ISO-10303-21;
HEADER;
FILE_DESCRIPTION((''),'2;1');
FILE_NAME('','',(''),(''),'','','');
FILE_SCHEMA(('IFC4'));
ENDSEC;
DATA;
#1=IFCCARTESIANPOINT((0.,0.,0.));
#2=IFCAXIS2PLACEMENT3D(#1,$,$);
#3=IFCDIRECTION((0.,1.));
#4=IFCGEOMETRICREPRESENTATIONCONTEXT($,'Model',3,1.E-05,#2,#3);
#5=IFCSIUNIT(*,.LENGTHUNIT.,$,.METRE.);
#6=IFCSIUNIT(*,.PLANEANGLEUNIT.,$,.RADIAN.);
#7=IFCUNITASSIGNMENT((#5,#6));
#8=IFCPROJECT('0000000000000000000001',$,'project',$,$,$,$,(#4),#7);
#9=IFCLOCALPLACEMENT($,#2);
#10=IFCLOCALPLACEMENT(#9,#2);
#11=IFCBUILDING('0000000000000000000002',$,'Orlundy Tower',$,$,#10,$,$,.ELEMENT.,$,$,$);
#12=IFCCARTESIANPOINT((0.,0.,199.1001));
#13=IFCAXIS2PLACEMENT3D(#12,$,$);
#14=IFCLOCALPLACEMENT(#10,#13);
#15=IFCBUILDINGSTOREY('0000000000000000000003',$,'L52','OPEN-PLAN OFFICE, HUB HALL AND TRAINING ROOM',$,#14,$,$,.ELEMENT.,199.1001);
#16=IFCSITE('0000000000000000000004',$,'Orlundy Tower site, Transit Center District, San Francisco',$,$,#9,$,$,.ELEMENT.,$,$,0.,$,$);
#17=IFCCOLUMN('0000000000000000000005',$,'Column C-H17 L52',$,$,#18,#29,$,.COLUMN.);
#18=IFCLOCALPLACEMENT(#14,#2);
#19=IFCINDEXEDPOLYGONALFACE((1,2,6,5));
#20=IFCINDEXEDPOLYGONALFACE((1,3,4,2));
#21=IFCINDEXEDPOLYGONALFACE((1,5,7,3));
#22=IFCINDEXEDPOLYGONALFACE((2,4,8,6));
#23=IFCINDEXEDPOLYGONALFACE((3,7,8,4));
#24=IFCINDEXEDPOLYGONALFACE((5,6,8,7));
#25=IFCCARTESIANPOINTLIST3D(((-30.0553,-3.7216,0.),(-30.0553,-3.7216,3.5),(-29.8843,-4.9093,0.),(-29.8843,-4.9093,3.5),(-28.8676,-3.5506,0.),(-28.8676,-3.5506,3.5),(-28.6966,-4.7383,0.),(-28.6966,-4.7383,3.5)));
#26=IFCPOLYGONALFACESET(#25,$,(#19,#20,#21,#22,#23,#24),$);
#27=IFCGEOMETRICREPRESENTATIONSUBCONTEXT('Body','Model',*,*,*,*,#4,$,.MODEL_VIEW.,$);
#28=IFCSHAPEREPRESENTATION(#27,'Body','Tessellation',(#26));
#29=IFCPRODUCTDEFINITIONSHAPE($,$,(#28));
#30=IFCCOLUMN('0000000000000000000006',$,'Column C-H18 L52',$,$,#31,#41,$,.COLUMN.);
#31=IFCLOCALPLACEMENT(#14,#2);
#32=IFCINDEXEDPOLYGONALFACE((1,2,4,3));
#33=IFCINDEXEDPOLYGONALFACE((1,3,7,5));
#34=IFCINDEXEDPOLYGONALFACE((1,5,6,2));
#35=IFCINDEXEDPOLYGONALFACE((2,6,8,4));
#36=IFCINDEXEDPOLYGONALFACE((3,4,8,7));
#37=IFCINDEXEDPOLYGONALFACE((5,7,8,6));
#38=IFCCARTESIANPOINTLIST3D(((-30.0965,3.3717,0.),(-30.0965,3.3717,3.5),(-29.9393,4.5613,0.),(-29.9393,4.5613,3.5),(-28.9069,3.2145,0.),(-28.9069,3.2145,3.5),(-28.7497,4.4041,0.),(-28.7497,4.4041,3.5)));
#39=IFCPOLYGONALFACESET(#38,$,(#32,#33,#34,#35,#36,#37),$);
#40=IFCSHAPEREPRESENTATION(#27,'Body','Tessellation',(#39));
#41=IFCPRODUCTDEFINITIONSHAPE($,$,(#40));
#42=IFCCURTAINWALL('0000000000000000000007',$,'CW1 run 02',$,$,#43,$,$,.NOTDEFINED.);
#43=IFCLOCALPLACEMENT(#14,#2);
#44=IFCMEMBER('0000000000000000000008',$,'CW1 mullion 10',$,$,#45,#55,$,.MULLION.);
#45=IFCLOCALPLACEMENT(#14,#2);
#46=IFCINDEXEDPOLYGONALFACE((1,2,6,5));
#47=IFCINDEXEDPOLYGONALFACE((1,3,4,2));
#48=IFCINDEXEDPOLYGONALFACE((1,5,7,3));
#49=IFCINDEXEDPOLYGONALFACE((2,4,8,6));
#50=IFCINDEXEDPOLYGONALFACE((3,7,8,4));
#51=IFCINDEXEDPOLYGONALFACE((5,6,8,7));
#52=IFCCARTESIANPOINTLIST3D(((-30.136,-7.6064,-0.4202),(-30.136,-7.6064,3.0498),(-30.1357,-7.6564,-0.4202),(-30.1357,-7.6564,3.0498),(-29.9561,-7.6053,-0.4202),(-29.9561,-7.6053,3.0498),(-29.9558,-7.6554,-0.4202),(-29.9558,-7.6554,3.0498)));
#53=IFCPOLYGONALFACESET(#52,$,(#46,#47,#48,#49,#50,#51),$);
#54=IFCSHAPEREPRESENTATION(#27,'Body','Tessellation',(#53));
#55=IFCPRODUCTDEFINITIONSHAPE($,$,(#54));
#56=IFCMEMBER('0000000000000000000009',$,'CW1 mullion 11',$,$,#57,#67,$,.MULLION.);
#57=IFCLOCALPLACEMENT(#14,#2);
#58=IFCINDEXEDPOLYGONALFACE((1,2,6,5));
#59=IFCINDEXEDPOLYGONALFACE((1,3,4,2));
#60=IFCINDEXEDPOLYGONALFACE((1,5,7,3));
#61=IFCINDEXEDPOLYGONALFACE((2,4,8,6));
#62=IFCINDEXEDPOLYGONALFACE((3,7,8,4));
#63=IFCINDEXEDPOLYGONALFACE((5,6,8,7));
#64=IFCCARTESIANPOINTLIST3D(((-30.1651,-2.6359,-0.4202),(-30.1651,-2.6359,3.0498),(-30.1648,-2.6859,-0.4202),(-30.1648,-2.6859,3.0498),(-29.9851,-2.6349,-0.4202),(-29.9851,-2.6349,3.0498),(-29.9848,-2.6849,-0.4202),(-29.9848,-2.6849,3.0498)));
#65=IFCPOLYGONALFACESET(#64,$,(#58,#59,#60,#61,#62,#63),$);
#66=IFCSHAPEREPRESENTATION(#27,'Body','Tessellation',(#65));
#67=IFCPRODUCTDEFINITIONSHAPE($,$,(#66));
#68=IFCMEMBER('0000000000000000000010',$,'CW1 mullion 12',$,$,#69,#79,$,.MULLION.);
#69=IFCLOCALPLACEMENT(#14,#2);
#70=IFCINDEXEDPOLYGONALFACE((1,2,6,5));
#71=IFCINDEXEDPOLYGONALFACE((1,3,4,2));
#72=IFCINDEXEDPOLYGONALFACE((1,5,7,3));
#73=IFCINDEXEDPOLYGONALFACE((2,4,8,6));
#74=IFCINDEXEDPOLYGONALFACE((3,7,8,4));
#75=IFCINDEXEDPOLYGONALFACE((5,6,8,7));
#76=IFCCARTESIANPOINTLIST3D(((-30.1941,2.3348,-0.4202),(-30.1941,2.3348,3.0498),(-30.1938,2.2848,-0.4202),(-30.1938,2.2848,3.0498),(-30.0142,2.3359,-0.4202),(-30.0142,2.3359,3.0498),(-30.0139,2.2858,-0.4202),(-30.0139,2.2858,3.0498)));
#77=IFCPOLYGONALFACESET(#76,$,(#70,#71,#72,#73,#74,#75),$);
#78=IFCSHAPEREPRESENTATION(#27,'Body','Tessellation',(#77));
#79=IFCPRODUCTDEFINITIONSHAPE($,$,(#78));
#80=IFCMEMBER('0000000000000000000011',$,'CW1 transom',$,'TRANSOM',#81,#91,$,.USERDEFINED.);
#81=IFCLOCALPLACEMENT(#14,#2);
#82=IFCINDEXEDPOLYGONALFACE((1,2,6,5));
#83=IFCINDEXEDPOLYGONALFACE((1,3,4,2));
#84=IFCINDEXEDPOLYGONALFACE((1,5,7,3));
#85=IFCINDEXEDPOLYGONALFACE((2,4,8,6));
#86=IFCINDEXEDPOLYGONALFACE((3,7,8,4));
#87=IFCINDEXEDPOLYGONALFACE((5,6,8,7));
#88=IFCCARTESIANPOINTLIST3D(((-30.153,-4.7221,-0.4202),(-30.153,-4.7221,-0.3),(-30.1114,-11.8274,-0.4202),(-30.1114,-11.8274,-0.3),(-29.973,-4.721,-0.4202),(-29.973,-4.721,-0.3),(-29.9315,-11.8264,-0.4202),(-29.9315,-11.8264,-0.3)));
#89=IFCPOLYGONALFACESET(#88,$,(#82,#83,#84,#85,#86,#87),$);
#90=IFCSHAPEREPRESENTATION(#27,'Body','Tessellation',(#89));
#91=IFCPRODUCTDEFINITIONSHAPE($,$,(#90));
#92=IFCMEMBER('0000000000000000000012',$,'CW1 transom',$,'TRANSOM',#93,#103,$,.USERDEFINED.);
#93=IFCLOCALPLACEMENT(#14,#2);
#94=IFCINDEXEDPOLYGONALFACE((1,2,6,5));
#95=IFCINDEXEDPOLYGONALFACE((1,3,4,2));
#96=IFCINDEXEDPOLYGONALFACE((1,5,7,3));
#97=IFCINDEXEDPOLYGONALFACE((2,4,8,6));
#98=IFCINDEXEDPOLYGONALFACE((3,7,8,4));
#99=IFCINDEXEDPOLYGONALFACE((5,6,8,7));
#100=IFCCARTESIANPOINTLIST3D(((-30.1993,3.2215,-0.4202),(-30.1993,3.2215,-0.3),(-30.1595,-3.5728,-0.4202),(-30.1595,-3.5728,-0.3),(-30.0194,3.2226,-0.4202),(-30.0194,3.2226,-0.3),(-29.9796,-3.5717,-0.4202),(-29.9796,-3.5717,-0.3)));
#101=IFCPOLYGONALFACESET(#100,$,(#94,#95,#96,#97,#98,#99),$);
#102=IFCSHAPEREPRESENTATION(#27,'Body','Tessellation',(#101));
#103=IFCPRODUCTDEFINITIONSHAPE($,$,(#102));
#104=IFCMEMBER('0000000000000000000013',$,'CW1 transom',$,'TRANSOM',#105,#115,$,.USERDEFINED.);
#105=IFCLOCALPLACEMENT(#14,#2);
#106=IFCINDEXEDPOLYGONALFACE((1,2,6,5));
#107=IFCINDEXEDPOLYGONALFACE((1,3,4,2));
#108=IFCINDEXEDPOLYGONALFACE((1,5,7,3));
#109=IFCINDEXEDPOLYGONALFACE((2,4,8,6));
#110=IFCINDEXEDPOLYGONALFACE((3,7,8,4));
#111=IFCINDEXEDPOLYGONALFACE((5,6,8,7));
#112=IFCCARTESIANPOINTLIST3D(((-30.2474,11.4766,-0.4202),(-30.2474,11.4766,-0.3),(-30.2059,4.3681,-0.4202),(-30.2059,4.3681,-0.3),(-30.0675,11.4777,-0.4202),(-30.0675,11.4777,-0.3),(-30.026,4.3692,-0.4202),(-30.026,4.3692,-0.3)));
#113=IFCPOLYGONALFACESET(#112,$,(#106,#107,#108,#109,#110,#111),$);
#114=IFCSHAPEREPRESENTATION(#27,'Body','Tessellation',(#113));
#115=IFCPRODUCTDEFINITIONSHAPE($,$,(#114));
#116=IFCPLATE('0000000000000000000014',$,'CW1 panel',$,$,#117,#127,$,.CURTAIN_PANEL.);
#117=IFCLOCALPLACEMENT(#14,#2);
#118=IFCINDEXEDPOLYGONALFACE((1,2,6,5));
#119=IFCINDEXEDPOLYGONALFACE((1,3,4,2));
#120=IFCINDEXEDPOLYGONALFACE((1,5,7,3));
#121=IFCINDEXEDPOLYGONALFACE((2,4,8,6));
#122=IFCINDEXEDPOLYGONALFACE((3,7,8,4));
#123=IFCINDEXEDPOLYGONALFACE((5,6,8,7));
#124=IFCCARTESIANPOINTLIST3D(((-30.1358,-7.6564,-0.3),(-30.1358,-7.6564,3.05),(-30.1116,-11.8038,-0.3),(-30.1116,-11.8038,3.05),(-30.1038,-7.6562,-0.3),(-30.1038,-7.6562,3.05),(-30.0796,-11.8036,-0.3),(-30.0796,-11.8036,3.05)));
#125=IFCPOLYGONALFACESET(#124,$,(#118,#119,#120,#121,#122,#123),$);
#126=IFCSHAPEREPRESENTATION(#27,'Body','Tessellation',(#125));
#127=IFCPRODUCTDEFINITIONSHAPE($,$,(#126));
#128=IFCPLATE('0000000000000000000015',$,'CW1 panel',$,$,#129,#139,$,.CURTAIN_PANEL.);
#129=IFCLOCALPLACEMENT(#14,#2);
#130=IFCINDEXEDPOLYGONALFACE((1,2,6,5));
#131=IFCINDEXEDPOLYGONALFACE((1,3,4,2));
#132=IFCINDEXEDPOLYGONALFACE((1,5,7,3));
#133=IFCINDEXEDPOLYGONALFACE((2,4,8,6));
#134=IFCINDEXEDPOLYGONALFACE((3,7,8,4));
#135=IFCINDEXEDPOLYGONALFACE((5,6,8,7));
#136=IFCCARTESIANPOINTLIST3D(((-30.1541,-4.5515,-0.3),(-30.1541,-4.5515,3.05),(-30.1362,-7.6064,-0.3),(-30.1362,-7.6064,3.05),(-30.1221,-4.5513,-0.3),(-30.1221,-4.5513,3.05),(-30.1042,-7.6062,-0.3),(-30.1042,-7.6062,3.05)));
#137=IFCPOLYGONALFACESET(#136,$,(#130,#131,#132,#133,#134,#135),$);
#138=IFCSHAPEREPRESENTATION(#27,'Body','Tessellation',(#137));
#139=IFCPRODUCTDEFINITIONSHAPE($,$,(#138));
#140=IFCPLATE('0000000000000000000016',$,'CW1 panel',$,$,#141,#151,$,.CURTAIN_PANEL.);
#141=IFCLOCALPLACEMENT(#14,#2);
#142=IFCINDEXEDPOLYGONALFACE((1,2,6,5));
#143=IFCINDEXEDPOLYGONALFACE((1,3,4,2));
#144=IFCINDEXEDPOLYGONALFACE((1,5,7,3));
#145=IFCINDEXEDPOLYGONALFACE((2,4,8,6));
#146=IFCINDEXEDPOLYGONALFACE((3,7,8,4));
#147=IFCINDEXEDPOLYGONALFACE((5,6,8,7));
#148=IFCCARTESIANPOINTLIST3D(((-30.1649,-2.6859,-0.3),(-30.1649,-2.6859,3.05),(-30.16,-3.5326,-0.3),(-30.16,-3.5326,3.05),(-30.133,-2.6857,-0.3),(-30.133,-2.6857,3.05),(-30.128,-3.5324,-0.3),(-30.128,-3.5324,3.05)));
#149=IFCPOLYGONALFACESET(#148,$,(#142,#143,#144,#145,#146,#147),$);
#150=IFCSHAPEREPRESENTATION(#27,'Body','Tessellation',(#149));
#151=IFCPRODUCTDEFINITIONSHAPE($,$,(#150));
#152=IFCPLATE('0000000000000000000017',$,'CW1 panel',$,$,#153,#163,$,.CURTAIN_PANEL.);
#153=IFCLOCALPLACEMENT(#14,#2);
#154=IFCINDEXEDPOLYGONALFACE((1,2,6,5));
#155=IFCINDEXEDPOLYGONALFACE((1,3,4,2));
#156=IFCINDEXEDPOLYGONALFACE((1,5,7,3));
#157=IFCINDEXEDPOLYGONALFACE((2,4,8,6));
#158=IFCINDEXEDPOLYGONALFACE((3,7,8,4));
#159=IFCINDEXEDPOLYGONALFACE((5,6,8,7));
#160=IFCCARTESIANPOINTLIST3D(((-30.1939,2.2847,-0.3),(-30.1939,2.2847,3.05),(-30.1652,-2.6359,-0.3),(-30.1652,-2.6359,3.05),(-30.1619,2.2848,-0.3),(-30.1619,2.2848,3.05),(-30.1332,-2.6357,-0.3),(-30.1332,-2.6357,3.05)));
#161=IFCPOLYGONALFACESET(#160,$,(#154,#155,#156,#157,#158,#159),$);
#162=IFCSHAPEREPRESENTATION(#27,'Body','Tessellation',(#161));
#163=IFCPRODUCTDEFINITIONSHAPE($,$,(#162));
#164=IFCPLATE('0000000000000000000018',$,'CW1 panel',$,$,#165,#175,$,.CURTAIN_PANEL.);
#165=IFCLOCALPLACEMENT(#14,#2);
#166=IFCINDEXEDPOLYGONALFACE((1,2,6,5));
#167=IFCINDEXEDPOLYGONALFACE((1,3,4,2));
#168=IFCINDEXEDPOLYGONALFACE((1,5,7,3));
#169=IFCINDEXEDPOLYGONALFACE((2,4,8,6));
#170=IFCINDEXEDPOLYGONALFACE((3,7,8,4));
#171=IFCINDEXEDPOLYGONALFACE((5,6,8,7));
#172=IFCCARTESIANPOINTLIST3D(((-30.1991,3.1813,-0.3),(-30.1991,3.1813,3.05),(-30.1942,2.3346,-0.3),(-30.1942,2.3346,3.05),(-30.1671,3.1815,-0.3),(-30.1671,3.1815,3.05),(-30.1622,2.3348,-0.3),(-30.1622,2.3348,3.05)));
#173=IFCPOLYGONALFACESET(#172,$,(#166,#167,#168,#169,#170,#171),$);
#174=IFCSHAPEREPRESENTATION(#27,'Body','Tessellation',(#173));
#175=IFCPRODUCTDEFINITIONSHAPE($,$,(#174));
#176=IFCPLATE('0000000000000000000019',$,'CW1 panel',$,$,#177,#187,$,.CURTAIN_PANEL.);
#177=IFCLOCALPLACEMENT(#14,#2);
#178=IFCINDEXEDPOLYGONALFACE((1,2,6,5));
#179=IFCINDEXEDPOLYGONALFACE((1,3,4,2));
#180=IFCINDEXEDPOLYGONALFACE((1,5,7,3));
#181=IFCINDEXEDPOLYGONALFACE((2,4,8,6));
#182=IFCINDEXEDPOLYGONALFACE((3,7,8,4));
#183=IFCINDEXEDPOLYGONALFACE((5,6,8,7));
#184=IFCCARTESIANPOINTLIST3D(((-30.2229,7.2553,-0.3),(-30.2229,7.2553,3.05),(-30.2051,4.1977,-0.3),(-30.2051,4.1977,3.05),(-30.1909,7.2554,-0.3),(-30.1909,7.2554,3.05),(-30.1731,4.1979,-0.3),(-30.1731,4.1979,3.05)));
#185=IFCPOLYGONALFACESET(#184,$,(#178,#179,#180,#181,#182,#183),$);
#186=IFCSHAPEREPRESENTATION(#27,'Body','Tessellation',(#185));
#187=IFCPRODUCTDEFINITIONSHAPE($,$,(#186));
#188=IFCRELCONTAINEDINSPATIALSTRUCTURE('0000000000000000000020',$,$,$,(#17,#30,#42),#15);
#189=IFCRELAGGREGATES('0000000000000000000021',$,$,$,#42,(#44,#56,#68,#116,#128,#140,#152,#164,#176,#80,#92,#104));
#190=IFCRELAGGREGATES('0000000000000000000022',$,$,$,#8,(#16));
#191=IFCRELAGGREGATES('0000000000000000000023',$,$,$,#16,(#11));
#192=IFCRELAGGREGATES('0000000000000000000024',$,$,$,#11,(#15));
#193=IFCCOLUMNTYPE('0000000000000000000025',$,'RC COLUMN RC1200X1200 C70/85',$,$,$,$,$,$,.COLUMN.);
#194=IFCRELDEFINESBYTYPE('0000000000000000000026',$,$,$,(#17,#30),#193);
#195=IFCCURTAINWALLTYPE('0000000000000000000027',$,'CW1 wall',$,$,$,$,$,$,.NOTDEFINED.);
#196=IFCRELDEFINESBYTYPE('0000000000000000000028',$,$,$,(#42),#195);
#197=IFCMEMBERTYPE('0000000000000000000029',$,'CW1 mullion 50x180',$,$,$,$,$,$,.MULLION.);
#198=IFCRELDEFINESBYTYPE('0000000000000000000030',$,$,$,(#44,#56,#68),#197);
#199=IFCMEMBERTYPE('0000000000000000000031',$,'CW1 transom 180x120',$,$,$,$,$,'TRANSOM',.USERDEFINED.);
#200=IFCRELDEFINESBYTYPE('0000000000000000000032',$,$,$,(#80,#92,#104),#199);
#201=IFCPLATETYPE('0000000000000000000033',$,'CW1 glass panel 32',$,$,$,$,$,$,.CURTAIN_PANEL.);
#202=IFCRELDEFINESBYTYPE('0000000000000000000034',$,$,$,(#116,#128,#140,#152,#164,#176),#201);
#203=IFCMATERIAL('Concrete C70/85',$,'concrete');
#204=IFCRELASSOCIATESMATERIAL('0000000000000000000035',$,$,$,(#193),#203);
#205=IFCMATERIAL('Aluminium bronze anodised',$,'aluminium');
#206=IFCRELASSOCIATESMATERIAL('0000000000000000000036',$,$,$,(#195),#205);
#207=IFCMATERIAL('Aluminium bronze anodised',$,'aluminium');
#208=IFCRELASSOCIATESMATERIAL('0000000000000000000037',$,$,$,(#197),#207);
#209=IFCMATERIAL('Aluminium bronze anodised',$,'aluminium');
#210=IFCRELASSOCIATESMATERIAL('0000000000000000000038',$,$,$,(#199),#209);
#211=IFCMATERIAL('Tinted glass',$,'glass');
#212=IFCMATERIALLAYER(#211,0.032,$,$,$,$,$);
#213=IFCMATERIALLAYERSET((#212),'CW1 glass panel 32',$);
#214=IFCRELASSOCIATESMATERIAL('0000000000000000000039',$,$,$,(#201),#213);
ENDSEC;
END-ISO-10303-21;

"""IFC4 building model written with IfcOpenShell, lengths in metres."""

from ifc_helpers import new_model, si_unit, direction, frame, origin, origin_2d, place, context, subcontext, project, spatial, rectangle, extrude, material, layer, layer_set, material_profile, profile_set, type_object, element, aggregate, save


model = new_model("IFC4")

# Units and contexts
model_context = context("Model", 3, precision=1e-05, world=origin(), true_north=direction((0.0, 1.0)))
body_context = subcontext(model_context, "Body", "Model", "MODEL_VIEW")
ifc_project = project(units=[si_unit("LENGTHUNIT", "METRE"), si_unit("PLANEANGLEUNIT", "RADIAN")], contexts=[model_context])

# Site, building, storey
site_placement = place(None, origin())
site = spatial("IfcSite", under=ifc_project, at=site_placement, Name="Orlundy Tower site, Transit Center District, San Francisco", CompositionType="ELEMENT", RefElevation=0.0)
building_placement = place(site_placement, origin())
building = spatial("IfcBuilding", under=site, at=building_placement, Name="Orlundy Tower", CompositionType="ELEMENT")
storey_placement = place(building_placement, frame((0.0, 0.0, 199.1001)))
storey = spatial("IfcBuildingStorey", under=building, at=storey_placement, Name="L52", Description="OPEN-PLAN OFFICE, HUB HALL AND TRAINING ROOM", CompositionType="ELEMENT", Elevation=199.1001)

# Columns
ifc_material_1 = material(Name="Concrete C70/85", Category="concrete")
ifc_material_profile_1 = material_profile(ifc_material_1, rectangle(XDim=1.2, YDim=1.2, at=origin_2d()), Name="RC1200X1200")
ifc_profile_set_1 = profile_set([ifc_material_profile_1], Name="Concrete C70/85")
column_type = type_object("IfcColumnType", Name="RC COLUMN RC1200X1200 C70/85", PredefinedType="COLUMN", material=ifc_profile_set_1)
for number, where, z_axis, x_axis, name in (
    (1, (-29.376, -4.23, 0.0), (0.0, 0.0, 1.0), (-0.989791, -0.142525, 0.0), "Column C-H17 L52"),
    (2, (-29.4231, 3.8879, 0.0), (0.0, 0.0, 1.0), (-0.991381, 0.131011, 0.0), "Column C-H18 L52"),
):
    element("IfcColumn", number, at=place(storey_placement, frame(where, z_axis=z_axis, x_axis=x_axis)), inside=storey, type_object=column_type, Name=name, PredefinedType="COLUMN", context=body_context, shape_type="SweptSolid", body=[
        extrude(rectangle(XDim=1.2, YDim=1.2, at=origin_2d()), origin(), (0.0, 0.0, 1.0), 3.5),
    ])

# Curtain wall, members, plates
ifc_material_2 = material(Name="Aluminium bronze anodised", Category="aluminium")
curtain_wall_type = type_object("IfcCurtainWallType", Name="CW1 wall", PredefinedType="NOTDEFINED", material=ifc_material_2)
curtain_wall_placement = place(storey_placement, origin())
curtain_wall = element("IfcCurtainWall", 3, at=curtain_wall_placement, inside=storey, type_object=curtain_wall_type, Name="CW1 run 02", PredefinedType="NOTDEFINED")
ifc_material_3 = material(Name="Aluminium bronze anodised", Category="aluminium")
ifc_material_profile_2 = material_profile(ifc_material_3, rectangle(XDim=0.1799, YDim=0.05, at=origin_2d()), Name="CW1 mullion 50x180")
ifc_profile_set_2 = profile_set([ifc_material_profile_2], Name="Aluminium bronze anodised")
member_type_1 = type_object("IfcMemberType", Name="CW1 mullion 50x180", PredefinedType="MULLION", material=ifc_profile_set_2)
member_1_placement = place(storey_placement, frame((-30.0459, -7.6309, -0.4202), z_axis=(0.0, 0.0, 1.0), x_axis=(-0.999983, -0.005834, 0.0)))
member_1 = element("IfcMember", 4, at=member_1_placement, type_object=member_type_1, Name="CW1 mullion 10", PredefinedType="MULLION", context=body_context, shape_type="SweptSolid", body=[
    extrude(rectangle(XDim=0.1799, YDim=0.05, at=origin_2d()), origin(), (0.0, 0.0, 1.0), 3.47),
])
member_2_placement = place(storey_placement, frame((-30.075, -2.6604, -0.4202), z_axis=(0.0, 0.0, 1.0), x_axis=(-0.999983, -0.005834, 0.0)))
member_2 = element("IfcMember", 5, at=member_2_placement, type_object=member_type_1, Name="CW1 mullion 11", PredefinedType="MULLION", context=body_context, shape_type="SweptSolid", body=[
    extrude(rectangle(XDim=0.1799, YDim=0.05, at=origin_2d()), origin(), (0.0, 0.0, 1.0), 3.47),
])
member_3_placement = place(storey_placement, frame((-30.104, 2.3103, -0.4202), z_axis=(0.0, 0.0, 1.0), x_axis=(-0.999983, -0.005834, 0.0)))
member_3 = element("IfcMember", 6, at=member_3_placement, type_object=member_type_1, Name="CW1 mullion 12", PredefinedType="MULLION", context=body_context, shape_type="SweptSolid", body=[
    extrude(rectangle(XDim=0.1799, YDim=0.05, at=origin_2d()), origin(), (0.0, 0.0, 1.0), 3.47),
])
ifc_material_4 = material(Name="Aluminium bronze anodised", Category="aluminium")
ifc_material_profile_3 = material_profile(ifc_material_4, rectangle(XDim=0.1799, YDim=0.1201, at=origin_2d()), Name="CW1 transom 180x120")
ifc_profile_set_3 = profile_set([ifc_material_profile_3], Name="Aluminium bronze anodised")
member_type_2 = type_object("IfcMemberType", Name="CW1 transom 180x120", ElementType="TRANSOM", PredefinedType="USERDEFINED", material=ifc_profile_set_3)
member_4_placement = place(storey_placement, frame((-30.0215, -11.8269, -0.3601), z_axis=(-0.005841, 0.999983, 0.0), x_axis=(-0.999983, -0.005841, 0.0)))
member_4 = element("IfcMember", 7, at=member_4_placement, type_object=member_type_2, Name="CW1 transom", ObjectType="TRANSOM", PredefinedType="USERDEFINED", context=body_context, shape_type="SweptSolid", body=[
    extrude(rectangle(XDim=0.1799, YDim=0.1201, at=origin_2d()), origin(), (0.0, 0.0, 1.0), 7.1055),
])
member_5_placement = place(storey_placement, frame((-30.0696, -3.5723, -0.3601), z_axis=(-0.005857, 0.999983, 0.0), x_axis=(-0.999983, -0.005857, 0.0)))
member_5 = element("IfcMember", 8, at=member_5_placement, type_object=member_type_2, Name="CW1 transom", ObjectType="TRANSOM", PredefinedType="USERDEFINED", context=body_context, shape_type="SweptSolid", body=[
    extrude(rectangle(XDim=0.1799, YDim=0.1201, at=origin_2d()), origin(), (0.0, 0.0, 1.0), 6.7944),
])
member_6_placement = place(storey_placement, frame((-30.116, 4.3687, -0.3601), z_axis=(-0.005838, 0.999983, 0.0), x_axis=(-0.999983, -0.005838, 0.0)))
member_6 = element("IfcMember", 9, at=member_6_placement, type_object=member_type_2, Name="CW1 transom", ObjectType="TRANSOM", PredefinedType="USERDEFINED", context=body_context, shape_type="SweptSolid", body=[
    extrude(rectangle(XDim=0.1799, YDim=0.1201, at=origin_2d()), origin(), (0.0, 0.0, 1.0), 7.1086),
])
ifc_material_5 = material(Name="Tinted glass", Category="glass")
ifc_layer_1 = layer(ifc_material_5, 0.032)
ifc_layer_set_1 = layer_set([ifc_layer_1], Name="CW1 glass panel 32")
plate_type = type_object("IfcPlateType", Name="CW1 glass panel 32", PredefinedType="CURTAIN_PANEL", material=ifc_layer_set_1)
plate_1_placement = place(storey_placement, frame((-30.1077, -9.73, -0.3), z_axis=(0.0, 0.0, 1.0), x_axis=(-0.005834, 0.999983, 0.0)))
plate_1 = element("IfcPlate", 10, at=plate_1_placement, type_object=plate_type, Name="CW1 panel", PredefinedType="CURTAIN_PANEL", context=body_context, shape_type="SweptSolid", body=[
    extrude(rectangle(XDim=4.1475, YDim=0.032, at=origin_2d()), origin(), (0.0, 0.0, 1.0), 3.3501),
])
plate_2_placement = place(storey_placement, frame((-30.1292, -6.0789, -0.3), z_axis=(0.0, 0.0, 1.0), x_axis=(-0.005834, 0.999983, 0.0)))
plate_2 = element("IfcPlate", 11, at=plate_2_placement, type_object=plate_type, Name="CW1 panel", PredefinedType="CURTAIN_PANEL", context=body_context, shape_type="SweptSolid", body=[
    extrude(rectangle(XDim=3.0549, YDim=0.032, at=origin_2d()), origin(), (0.0, 0.0, 1.0), 3.3501),
])
plate_3_placement = place(storey_placement, frame((-30.1465, -3.1091, -0.3), z_axis=(0.0, 0.0, 1.0), x_axis=(-0.005834, 0.999983, 0.0)))
plate_3 = element("IfcPlate", 12, at=plate_3_placement, type_object=plate_type, Name="CW1 panel", PredefinedType="CURTAIN_PANEL", context=body_context, shape_type="SweptSolid", body=[
    extrude(rectangle(XDim=0.8467, YDim=0.032, at=origin_2d()), origin(), (0.0, 0.0, 1.0), 3.3501),
])
plate_4_placement = place(storey_placement, frame((-30.1636, -0.1755, -0.3), z_axis=(0.0, 0.0, 1.0), x_axis=(-0.005834, 0.999983, 0.0)))
plate_4 = element("IfcPlate", 13, at=plate_4_placement, type_object=plate_type, Name="CW1 panel", PredefinedType="CURTAIN_PANEL", context=body_context, shape_type="SweptSolid", body=[
    extrude(rectangle(XDim=4.9207, YDim=0.032, at=origin_2d()), origin(), (0.0, 0.0, 1.0), 3.3501),
])
plate_5_placement = place(storey_placement, frame((-30.1807, 2.7581, -0.3), z_axis=(0.0, 0.0, 1.0), x_axis=(-0.005834, 0.999983, 0.0)))
plate_5 = element("IfcPlate", 14, at=plate_5_placement, type_object=plate_type, Name="CW1 panel", PredefinedType="CURTAIN_PANEL", context=body_context, shape_type="SweptSolid", body=[
    extrude(rectangle(XDim=0.8467, YDim=0.032, at=origin_2d()), origin(), (0.0, 0.0, 1.0), 3.3501),
])
plate_6_placement = place(storey_placement, frame((-30.198, 5.7266, -0.3), z_axis=(0.0, 0.0, 1.0), x_axis=(-0.005834, 0.999983, 0.0)))
plate_6 = element("IfcPlate", 15, at=plate_6_placement, type_object=plate_type, Name="CW1 panel", PredefinedType="CURTAIN_PANEL", context=body_context, shape_type="SweptSolid", body=[
    extrude(rectangle(XDim=3.0576, YDim=0.032, at=origin_2d()), origin(), (0.0, 0.0, 1.0), 3.3501),
])
aggregate(curtain_wall, [member_1, member_2, member_3, plate_1, plate_2, plate_3, plate_4, plate_5, plate_6, member_4, member_5, member_6])

save(model, "model.ifc")
